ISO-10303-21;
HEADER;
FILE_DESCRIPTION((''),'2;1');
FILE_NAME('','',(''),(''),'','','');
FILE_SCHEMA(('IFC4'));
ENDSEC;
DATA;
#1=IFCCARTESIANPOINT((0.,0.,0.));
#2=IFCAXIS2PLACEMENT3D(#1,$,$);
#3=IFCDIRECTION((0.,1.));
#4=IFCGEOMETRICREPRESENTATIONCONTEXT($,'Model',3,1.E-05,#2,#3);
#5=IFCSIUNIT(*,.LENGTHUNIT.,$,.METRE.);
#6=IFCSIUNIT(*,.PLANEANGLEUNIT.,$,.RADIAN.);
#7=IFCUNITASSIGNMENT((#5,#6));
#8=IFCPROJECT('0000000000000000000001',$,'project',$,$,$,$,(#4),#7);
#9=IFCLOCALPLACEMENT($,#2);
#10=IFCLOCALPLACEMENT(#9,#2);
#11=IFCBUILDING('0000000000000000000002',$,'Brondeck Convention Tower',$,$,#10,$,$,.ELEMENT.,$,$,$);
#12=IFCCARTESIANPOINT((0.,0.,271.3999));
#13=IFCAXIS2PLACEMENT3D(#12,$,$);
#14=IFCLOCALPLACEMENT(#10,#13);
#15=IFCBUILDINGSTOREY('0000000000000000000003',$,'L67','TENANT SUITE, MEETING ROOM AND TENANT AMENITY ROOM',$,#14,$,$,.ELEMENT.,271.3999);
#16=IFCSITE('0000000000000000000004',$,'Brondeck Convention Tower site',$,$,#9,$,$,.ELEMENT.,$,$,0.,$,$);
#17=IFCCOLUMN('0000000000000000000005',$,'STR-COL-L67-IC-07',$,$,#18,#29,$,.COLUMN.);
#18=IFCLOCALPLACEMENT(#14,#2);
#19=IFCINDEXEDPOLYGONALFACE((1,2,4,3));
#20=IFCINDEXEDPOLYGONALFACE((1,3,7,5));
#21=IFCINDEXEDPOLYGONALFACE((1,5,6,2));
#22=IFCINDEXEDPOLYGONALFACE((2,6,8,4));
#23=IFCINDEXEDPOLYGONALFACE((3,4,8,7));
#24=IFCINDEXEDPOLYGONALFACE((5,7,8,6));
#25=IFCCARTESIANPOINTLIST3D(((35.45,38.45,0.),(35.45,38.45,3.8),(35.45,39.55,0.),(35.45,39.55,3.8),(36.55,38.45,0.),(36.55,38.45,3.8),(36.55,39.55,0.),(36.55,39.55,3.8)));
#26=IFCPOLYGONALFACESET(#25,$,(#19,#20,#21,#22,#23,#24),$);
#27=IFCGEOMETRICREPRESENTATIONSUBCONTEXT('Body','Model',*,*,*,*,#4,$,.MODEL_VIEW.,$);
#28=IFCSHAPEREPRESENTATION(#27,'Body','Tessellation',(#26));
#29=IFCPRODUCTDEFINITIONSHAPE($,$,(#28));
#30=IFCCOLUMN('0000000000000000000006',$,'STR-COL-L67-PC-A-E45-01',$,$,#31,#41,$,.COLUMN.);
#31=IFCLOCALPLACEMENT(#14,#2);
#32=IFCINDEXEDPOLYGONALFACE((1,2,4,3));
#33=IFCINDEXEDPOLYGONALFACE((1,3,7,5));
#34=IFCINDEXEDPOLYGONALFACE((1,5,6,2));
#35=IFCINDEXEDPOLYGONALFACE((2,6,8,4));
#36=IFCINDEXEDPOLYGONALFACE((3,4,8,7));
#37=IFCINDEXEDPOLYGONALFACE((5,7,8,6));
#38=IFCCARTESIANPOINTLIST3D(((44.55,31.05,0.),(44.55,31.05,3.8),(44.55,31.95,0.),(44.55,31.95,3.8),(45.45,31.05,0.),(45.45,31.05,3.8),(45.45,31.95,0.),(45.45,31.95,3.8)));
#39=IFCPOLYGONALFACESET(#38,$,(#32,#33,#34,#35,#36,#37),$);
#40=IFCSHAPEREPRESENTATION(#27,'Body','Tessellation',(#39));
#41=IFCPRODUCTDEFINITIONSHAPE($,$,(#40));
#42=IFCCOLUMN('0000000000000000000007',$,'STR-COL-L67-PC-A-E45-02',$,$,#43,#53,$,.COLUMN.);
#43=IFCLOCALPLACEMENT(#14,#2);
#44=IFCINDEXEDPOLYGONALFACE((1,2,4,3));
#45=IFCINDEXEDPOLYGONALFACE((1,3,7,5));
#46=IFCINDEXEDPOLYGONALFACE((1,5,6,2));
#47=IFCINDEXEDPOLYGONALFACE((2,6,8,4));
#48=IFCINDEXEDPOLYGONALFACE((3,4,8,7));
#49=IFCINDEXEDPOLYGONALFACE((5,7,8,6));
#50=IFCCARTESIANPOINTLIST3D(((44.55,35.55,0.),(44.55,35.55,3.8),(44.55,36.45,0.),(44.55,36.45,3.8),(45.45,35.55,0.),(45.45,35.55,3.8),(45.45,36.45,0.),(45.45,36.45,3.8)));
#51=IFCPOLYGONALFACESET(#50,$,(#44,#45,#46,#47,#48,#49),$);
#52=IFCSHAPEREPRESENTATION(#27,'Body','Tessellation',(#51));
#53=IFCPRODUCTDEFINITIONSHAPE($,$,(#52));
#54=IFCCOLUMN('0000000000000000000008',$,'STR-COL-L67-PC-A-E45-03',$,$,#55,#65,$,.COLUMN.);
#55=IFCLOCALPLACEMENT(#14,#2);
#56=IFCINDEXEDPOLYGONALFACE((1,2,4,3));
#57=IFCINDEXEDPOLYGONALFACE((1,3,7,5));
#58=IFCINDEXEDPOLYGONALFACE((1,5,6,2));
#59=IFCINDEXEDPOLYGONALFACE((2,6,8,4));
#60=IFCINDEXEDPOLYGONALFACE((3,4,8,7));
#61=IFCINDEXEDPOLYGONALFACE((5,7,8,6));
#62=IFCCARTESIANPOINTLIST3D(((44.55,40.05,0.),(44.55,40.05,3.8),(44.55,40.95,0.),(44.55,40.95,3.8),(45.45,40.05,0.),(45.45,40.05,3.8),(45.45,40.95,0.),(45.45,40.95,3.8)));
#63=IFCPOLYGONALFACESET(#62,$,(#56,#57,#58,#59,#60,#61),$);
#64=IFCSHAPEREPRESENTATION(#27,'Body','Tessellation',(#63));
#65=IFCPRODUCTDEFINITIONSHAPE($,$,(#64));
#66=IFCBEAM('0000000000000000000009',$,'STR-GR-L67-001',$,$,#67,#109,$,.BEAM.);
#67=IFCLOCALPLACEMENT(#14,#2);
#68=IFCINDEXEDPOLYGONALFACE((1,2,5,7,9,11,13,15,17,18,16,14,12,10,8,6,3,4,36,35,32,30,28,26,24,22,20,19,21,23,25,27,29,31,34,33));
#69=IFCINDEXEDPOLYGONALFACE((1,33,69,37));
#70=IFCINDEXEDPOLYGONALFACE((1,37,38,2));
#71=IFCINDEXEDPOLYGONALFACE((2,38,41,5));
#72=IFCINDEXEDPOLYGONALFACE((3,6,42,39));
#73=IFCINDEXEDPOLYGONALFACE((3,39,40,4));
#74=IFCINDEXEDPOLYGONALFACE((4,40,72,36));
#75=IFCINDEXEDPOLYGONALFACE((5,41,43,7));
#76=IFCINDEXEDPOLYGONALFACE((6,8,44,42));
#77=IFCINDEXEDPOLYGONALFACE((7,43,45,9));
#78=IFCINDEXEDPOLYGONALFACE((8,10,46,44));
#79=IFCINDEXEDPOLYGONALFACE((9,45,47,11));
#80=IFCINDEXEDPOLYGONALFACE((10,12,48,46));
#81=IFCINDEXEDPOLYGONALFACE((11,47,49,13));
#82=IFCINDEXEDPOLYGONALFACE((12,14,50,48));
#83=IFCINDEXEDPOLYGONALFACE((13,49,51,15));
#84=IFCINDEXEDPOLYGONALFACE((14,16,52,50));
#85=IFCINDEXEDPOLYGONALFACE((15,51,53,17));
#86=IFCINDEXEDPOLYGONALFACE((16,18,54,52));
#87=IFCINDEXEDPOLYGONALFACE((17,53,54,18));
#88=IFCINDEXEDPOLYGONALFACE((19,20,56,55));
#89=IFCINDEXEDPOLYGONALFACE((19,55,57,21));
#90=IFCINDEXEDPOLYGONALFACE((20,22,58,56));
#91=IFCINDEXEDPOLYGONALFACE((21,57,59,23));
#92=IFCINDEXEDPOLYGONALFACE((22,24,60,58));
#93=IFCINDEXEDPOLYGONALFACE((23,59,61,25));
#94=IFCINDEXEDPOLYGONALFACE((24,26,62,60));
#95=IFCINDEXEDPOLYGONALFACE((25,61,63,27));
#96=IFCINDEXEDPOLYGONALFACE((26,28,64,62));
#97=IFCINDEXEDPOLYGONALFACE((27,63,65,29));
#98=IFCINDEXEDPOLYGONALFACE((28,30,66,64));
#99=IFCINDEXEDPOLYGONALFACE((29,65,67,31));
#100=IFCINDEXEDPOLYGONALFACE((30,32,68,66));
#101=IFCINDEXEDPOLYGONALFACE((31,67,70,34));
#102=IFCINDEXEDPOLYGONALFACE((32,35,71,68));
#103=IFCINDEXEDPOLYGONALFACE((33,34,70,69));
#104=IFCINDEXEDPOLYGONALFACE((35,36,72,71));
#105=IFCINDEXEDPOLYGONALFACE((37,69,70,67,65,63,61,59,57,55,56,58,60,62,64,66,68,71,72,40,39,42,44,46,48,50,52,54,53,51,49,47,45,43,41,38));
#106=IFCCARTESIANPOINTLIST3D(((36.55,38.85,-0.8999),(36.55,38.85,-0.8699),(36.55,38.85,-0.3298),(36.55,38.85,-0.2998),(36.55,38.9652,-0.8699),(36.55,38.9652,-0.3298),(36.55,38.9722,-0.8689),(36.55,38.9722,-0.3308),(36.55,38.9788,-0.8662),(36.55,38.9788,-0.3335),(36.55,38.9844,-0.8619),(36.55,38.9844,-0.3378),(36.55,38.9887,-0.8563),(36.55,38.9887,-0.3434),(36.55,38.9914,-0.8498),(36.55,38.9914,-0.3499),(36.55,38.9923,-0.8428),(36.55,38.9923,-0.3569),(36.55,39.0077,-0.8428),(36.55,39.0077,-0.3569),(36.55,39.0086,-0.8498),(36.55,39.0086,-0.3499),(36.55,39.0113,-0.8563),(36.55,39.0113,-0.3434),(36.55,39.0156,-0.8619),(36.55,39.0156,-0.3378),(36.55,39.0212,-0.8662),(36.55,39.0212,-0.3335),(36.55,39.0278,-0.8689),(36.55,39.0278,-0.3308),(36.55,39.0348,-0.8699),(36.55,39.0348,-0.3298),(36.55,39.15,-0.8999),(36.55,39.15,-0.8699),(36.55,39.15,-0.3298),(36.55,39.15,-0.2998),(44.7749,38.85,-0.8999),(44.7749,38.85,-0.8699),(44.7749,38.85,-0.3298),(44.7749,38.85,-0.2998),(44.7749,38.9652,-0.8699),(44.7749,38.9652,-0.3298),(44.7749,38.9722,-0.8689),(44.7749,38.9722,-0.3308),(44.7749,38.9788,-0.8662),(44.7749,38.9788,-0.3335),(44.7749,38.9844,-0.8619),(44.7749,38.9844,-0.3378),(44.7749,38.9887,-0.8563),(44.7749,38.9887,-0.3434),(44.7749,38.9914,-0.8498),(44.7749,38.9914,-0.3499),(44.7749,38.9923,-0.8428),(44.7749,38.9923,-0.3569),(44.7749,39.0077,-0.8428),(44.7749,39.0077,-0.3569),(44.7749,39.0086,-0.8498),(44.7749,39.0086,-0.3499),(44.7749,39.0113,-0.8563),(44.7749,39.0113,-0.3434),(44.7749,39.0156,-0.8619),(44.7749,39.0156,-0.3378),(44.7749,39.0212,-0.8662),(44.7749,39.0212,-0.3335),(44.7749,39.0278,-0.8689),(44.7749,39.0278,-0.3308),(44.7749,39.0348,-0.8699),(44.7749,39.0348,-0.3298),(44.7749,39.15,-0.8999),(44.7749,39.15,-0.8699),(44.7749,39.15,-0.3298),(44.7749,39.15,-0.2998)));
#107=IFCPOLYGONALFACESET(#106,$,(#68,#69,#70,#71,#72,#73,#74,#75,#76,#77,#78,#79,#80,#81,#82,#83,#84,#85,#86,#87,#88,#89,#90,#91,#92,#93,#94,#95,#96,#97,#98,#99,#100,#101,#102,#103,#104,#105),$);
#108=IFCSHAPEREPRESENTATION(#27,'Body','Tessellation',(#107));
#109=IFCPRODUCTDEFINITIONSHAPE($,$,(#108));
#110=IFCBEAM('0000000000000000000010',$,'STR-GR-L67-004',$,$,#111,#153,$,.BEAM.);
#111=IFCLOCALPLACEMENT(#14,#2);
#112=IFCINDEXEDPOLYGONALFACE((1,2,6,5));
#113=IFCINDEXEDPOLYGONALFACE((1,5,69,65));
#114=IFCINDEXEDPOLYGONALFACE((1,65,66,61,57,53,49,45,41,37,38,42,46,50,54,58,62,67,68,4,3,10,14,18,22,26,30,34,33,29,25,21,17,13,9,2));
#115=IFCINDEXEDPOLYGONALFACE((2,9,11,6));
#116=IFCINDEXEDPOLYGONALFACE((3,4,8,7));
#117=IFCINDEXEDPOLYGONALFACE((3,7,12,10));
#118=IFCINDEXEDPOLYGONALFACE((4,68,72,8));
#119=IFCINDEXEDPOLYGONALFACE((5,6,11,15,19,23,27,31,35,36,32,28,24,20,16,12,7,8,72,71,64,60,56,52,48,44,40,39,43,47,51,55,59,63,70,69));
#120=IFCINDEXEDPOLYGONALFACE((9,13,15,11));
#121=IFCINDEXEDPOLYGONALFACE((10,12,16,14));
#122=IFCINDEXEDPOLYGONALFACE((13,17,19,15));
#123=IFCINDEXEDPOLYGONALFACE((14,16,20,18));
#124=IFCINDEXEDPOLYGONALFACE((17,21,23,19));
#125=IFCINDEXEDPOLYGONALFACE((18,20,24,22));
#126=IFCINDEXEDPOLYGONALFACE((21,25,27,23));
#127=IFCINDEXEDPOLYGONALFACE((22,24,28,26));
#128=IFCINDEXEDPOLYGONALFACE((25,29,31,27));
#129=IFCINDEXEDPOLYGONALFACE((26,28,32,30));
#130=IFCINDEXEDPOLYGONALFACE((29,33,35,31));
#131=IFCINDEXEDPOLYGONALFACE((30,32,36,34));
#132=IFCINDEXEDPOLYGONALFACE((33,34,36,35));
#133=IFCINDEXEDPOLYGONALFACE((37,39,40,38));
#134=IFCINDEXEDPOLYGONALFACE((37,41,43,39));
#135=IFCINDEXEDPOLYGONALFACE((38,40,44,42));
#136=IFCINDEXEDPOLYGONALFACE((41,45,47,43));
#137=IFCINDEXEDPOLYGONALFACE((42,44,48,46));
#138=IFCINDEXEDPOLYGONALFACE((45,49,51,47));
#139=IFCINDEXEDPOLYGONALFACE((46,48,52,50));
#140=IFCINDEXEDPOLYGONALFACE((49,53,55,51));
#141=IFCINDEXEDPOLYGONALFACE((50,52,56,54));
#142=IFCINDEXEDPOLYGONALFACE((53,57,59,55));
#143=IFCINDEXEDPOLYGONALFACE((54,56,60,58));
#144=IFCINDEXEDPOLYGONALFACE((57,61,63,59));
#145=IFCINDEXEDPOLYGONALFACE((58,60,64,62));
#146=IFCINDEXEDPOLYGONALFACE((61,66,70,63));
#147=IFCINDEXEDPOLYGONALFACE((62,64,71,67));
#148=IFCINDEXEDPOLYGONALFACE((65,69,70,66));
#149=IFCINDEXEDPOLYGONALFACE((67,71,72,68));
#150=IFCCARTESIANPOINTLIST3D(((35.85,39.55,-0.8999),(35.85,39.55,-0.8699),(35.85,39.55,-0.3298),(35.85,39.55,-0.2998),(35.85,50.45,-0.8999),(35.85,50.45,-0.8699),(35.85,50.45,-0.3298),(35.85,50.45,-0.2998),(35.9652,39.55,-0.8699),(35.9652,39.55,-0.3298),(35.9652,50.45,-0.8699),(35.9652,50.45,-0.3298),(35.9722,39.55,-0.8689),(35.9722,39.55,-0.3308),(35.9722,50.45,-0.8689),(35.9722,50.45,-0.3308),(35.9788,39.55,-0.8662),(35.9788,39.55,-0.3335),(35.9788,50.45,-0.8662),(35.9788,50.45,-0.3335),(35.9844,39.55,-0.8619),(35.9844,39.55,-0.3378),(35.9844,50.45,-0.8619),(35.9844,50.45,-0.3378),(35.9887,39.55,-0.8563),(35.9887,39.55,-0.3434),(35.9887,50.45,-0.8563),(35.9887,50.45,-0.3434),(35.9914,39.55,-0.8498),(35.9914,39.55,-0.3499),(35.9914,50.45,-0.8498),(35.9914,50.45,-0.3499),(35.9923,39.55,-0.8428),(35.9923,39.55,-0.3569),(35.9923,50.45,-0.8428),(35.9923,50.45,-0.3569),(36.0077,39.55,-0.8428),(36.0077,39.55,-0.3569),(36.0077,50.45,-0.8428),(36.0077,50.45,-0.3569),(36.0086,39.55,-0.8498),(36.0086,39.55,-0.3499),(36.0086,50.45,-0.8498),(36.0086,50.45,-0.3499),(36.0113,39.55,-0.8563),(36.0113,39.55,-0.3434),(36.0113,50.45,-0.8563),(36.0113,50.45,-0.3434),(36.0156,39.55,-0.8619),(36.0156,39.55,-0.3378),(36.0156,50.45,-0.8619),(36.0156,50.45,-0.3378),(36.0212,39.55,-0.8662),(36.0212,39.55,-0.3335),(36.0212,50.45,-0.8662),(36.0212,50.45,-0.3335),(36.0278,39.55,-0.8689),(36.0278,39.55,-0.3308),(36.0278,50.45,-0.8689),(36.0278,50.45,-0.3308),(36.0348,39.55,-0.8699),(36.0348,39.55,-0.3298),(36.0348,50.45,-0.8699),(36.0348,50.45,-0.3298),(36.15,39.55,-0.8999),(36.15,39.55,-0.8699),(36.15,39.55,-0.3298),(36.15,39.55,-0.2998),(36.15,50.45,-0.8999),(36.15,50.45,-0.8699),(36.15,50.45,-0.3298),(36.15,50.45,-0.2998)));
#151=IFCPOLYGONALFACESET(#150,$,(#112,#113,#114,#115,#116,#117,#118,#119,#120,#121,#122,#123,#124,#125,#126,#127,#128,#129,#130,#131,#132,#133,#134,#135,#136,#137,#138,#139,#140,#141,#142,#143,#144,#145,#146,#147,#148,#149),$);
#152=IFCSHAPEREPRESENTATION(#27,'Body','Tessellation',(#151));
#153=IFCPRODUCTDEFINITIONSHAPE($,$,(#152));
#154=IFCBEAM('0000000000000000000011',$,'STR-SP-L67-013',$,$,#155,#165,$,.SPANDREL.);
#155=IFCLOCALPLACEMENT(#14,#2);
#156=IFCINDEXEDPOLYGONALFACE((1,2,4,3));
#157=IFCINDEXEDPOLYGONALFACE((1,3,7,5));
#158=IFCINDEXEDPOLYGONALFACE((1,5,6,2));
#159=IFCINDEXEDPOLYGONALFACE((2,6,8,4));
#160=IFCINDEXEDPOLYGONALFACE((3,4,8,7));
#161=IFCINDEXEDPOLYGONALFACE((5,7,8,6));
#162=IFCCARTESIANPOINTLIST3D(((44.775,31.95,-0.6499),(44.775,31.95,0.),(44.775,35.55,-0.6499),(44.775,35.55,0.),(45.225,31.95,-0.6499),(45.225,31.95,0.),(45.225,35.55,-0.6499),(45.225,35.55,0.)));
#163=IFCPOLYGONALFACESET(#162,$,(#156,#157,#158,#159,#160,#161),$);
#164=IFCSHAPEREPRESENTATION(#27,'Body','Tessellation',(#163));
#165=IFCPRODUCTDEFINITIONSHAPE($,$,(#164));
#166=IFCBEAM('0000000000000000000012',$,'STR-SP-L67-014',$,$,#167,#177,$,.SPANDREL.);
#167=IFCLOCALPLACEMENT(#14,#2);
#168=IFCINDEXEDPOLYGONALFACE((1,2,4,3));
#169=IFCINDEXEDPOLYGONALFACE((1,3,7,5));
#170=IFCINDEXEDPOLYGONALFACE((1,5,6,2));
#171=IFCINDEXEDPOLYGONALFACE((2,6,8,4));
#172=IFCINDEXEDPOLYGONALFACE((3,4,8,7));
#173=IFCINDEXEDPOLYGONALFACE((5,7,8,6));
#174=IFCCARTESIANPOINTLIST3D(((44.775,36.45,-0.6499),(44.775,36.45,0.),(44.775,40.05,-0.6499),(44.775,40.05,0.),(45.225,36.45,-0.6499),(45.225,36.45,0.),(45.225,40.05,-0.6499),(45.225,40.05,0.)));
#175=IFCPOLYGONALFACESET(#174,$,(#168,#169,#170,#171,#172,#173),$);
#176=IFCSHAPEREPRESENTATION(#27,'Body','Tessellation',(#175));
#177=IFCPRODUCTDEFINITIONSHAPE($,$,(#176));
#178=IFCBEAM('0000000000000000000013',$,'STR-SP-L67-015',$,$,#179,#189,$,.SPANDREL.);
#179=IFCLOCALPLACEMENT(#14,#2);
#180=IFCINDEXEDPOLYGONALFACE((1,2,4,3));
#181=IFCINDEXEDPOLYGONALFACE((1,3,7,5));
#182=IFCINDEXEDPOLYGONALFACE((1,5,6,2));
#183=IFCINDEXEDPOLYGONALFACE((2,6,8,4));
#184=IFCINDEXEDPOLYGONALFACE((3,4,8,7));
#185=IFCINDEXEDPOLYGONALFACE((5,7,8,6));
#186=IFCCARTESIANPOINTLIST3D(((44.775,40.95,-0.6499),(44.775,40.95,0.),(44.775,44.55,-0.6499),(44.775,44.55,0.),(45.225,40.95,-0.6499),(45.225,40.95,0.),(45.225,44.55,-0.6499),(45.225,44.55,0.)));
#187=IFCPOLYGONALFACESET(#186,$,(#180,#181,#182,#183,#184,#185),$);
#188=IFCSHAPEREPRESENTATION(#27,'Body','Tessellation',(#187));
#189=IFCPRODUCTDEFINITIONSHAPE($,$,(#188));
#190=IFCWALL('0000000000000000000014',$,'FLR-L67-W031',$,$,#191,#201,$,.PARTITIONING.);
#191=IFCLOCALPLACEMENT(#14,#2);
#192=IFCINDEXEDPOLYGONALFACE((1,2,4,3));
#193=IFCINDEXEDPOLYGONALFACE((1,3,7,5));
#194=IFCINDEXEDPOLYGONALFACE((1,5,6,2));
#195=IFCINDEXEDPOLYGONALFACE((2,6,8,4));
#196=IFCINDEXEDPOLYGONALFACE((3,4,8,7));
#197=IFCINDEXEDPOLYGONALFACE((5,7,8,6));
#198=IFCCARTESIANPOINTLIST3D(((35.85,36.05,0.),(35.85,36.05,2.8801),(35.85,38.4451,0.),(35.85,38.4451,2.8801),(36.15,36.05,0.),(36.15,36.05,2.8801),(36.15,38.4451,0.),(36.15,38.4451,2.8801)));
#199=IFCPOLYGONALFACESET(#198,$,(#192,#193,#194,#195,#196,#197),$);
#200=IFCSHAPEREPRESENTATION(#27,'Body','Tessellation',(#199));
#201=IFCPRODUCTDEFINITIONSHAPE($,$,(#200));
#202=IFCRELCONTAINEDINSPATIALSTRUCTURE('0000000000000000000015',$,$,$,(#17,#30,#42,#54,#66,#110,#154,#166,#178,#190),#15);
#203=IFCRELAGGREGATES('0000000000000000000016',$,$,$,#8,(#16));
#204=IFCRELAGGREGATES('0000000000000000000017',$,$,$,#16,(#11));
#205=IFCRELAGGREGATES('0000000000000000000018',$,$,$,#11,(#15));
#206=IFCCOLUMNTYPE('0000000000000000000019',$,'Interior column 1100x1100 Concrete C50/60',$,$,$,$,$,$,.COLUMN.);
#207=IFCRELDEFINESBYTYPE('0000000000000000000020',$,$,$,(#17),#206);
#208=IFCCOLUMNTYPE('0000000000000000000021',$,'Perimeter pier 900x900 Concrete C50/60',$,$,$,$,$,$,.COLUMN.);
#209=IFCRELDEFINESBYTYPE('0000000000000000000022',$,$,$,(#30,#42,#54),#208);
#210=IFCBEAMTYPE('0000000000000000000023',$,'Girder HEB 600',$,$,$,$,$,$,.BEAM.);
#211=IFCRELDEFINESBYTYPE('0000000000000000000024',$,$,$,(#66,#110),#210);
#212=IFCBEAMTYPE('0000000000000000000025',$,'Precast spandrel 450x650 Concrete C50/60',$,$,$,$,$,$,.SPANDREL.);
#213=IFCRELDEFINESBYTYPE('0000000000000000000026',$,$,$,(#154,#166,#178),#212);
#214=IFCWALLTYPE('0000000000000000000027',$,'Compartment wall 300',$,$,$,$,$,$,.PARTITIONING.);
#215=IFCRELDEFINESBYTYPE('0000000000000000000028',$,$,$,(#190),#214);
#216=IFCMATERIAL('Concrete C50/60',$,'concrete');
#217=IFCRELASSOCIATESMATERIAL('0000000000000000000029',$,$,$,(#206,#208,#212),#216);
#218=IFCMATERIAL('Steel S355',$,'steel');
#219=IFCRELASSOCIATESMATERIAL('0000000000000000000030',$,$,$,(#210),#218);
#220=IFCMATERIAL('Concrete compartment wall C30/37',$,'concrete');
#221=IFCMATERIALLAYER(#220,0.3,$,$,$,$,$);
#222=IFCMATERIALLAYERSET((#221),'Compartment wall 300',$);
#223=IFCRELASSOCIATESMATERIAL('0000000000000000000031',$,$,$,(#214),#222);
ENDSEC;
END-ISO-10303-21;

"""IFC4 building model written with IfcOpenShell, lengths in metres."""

from ifc_helpers import new_model, si_unit, direction, frame, frame_2d, origin, origin_2d, place, context, subcontext, project, spatial, rectangle, i_section, extrude, material, layer, layer_set, material_profile, profile_set, type_object, element, save


model = new_model("IFC4")

# Units and contexts
model_context = context("Model", 3, precision=1e-05, world=origin(), true_north=direction((0.0, 1.0)))
body_context = subcontext(model_context, "Body", "Model", "MODEL_VIEW")
ifc_project = project(units=[si_unit("LENGTHUNIT", "METRE"), si_unit("PLANEANGLEUNIT", "RADIAN")], contexts=[model_context])

# Site, building, storey
site_placement = place(None, origin())
site = spatial("IfcSite", under=ifc_project, at=site_placement, Name="Brondeck Convention Tower site", CompositionType="ELEMENT", RefElevation=0.0)
building_placement = place(site_placement, origin())
building = spatial("IfcBuilding", under=site, at=building_placement, Name="Brondeck Convention Tower", CompositionType="ELEMENT")
storey_placement = place(building_placement, frame((0.0, 0.0, 271.3999)))
storey = spatial("IfcBuildingStorey", under=building, at=storey_placement, Name="L67", Description="TENANT SUITE, MEETING ROOM AND TENANT AMENITY ROOM", CompositionType="ELEMENT", Elevation=271.3999)

# Columns
ifc_material_1 = material(Name="Concrete C50/60", Category="concrete")
ifc_material_profile_1 = material_profile(ifc_material_1, rectangle(XDim=1.1001, YDim=1.1001, at=origin_2d()), Name="Interior column 1100x1100 Concrete C50/60")
ifc_profile_set_1 = profile_set([ifc_material_profile_1], Name="Concrete C50/60")
column_type_1 = type_object("IfcColumnType", Name="Interior column 1100x1100 Concrete C50/60", PredefinedType="COLUMN", material=ifc_profile_set_1)
column_placement = place(storey_placement, frame((36.0, 39.0, 0.0), z_axis=(0.0, 0.0, 1.0), x_axis=(1.0, 0.0, 0.0)))
element("IfcColumn", 1, at=column_placement, inside=storey, type_object=column_type_1, Name="STR-COL-L67-IC-07", PredefinedType="COLUMN", context=body_context, shape_type="SweptSolid", body=[
    extrude(rectangle(XDim=1.1001, YDim=1.1001, at=origin_2d()), origin(), (0.0, 0.0, 1.0), 3.8),
])
ifc_material_profile_2 = material_profile(ifc_material_1, rectangle(XDim=0.8999, YDim=0.8999, at=origin_2d()), Name="Perimeter pier 900x900 Concrete C50/60")
ifc_profile_set_2 = profile_set([ifc_material_profile_2], Name="Concrete C50/60")
column_type_2 = type_object("IfcColumnType", Name="Perimeter pier 900x900 Concrete C50/60", PredefinedType="COLUMN", material=ifc_profile_set_2)
for number, where, z_axis, x_axis, name in (
    (2, (45.0, 31.5, 0.0), (0.0, 0.0, 1.0), (0.0, 1.0, 0.0), "STR-COL-L67-PC-A-E45-01"),
    (3, (45.0, 36.0, 0.0), (0.0, 0.0, 1.0), (0.0, 1.0, 0.0), "STR-COL-L67-PC-A-E45-02"),
    (4, (45.0, 40.5, 0.0), (0.0, 0.0, 1.0), (0.0, 1.0, 0.0), "STR-COL-L67-PC-A-E45-03"),
):
    element("IfcColumn", number, at=place(storey_placement, frame(where, z_axis=z_axis, x_axis=x_axis)), inside=storey, type_object=column_type_2, Name=name, PredefinedType="COLUMN", context=body_context, shape_type="SweptSolid", body=[
        extrude(rectangle(XDim=0.8999, YDim=0.8999, at=origin_2d()), origin(), (0.0, 0.0, 1.0), 3.8),
    ])

# Beams
ifc_material_2 = material(Name="Steel S355", Category="steel")
ifc_material_profile_3 = material_profile(ifc_material_2, i_section(OverallWidth=0.3, OverallDepth=0.6001, WebThickness=0.0154, FlangeThickness=0.03, FilletRadius=0.0271, at=origin_2d()), Name="HEB 600")
ifc_profile_set_3 = profile_set([ifc_material_profile_3], Name="Steel S355")
beam_type_1 = type_object("IfcBeamType", Name="Girder HEB 600", PredefinedType="BEAM", material=ifc_profile_set_3)
beam_1_placement = place(storey_placement, frame((36.55, 39.0, -0.5999), z_axis=(1.0, 0.0, 0.0), x_axis=(0.0, 1.0, 0.0)))
element("IfcBeam", 5, at=beam_1_placement, inside=storey, type_object=beam_type_1, Name="STR-GR-L67-001", PredefinedType="BEAM", context=body_context, shape_type="SweptSolid", body=[
    extrude(i_section(OverallWidth=0.3, OverallDepth=0.6001, WebThickness=0.0154, FlangeThickness=0.03, FilletRadius=0.0271, at=origin_2d()), origin(), (0.0, 0.0, 1.0), 8.2249),
])
beam_2_placement = place(storey_placement, frame((36.0, 39.55, -0.5999), z_axis=(0.0, 1.0, 0.0), x_axis=(-1.0, 0.0, 0.0)))
element("IfcBeam", 6, at=beam_2_placement, inside=storey, type_object=beam_type_1, Name="STR-GR-L67-004", PredefinedType="BEAM", context=body_context, shape_type="SweptSolid", body=[
    extrude(i_section(OverallWidth=0.3, OverallDepth=0.6001, WebThickness=0.0154, FlangeThickness=0.03, FilletRadius=0.0271, at=origin_2d()), origin(), (0.0, 0.0, 1.0), 10.8999),
])
ifc_material_profile_4 = material_profile(ifc_material_1, rectangle(XDim=0.45, YDim=0.6499, at=origin_2d()), Name="Precast spandrel 450x650 Concrete C50/60")
ifc_profile_set_4 = profile_set([ifc_material_profile_4], Name="Concrete C50/60")
beam_type_2 = type_object("IfcBeamType", Name="Precast spandrel 450x650 Concrete C50/60", PredefinedType="SPANDREL", material=ifc_profile_set_4)
for number, where, z_axis, x_axis, name in (
    (7, (45.0, 31.95, -0.325), (0.0, 1.0, 0.0), (-1.0, 0.0, 0.0), "STR-SP-L67-013"),
    (8, (45.0, 36.45, -0.325), (0.0, 1.0, 0.0), (-1.0, 0.0, 0.0), "STR-SP-L67-014"),
    (9, (45.0, 40.95, -0.325), (0.0, 1.0, 0.0), (-1.0, 0.0, 0.0), "STR-SP-L67-015"),
):
    element("IfcBeam", number, at=place(storey_placement, frame(where, z_axis=z_axis, x_axis=x_axis)), inside=storey, type_object=beam_type_2, Name=name, PredefinedType="SPANDREL", context=body_context, shape_type="SweptSolid", body=[
        extrude(rectangle(XDim=0.45, YDim=0.6499, at=origin_2d()), origin(), (0.0, 0.0, 1.0), 3.6001),
    ])

# Wall
ifc_material_3 = material(Name="Concrete compartment wall C30/37", Category="concrete")
ifc_layer_1 = layer(ifc_material_3, 0.3)
ifc_layer_set_1 = layer_set([ifc_layer_1], Name="Compartment wall 300")
wall_type_1 = type_object("IfcWallType", Name="Compartment wall 300", PredefinedType="PARTITIONING", material=ifc_layer_set_1)
wall_1_placement = place(storey_placement, frame((36.0, 36.05, 0.0), z_axis=(0.0, 0.0, 1.0), x_axis=(0.0, 1.0, 0.0)))
element("IfcWall", 10, at=wall_1_placement, inside=storey, type_object=wall_type_1, Name="FLR-L67-W031", PredefinedType="PARTITIONING", context=body_context, shape_type="SweptSolid", body=[
    extrude(rectangle(XDim=2.395, YDim=0.3, at=frame_2d((1.1975, 0.0))), origin(), (0.0, 0.0, 1.0), 2.8801),
])

save(model, "model.ifc")
